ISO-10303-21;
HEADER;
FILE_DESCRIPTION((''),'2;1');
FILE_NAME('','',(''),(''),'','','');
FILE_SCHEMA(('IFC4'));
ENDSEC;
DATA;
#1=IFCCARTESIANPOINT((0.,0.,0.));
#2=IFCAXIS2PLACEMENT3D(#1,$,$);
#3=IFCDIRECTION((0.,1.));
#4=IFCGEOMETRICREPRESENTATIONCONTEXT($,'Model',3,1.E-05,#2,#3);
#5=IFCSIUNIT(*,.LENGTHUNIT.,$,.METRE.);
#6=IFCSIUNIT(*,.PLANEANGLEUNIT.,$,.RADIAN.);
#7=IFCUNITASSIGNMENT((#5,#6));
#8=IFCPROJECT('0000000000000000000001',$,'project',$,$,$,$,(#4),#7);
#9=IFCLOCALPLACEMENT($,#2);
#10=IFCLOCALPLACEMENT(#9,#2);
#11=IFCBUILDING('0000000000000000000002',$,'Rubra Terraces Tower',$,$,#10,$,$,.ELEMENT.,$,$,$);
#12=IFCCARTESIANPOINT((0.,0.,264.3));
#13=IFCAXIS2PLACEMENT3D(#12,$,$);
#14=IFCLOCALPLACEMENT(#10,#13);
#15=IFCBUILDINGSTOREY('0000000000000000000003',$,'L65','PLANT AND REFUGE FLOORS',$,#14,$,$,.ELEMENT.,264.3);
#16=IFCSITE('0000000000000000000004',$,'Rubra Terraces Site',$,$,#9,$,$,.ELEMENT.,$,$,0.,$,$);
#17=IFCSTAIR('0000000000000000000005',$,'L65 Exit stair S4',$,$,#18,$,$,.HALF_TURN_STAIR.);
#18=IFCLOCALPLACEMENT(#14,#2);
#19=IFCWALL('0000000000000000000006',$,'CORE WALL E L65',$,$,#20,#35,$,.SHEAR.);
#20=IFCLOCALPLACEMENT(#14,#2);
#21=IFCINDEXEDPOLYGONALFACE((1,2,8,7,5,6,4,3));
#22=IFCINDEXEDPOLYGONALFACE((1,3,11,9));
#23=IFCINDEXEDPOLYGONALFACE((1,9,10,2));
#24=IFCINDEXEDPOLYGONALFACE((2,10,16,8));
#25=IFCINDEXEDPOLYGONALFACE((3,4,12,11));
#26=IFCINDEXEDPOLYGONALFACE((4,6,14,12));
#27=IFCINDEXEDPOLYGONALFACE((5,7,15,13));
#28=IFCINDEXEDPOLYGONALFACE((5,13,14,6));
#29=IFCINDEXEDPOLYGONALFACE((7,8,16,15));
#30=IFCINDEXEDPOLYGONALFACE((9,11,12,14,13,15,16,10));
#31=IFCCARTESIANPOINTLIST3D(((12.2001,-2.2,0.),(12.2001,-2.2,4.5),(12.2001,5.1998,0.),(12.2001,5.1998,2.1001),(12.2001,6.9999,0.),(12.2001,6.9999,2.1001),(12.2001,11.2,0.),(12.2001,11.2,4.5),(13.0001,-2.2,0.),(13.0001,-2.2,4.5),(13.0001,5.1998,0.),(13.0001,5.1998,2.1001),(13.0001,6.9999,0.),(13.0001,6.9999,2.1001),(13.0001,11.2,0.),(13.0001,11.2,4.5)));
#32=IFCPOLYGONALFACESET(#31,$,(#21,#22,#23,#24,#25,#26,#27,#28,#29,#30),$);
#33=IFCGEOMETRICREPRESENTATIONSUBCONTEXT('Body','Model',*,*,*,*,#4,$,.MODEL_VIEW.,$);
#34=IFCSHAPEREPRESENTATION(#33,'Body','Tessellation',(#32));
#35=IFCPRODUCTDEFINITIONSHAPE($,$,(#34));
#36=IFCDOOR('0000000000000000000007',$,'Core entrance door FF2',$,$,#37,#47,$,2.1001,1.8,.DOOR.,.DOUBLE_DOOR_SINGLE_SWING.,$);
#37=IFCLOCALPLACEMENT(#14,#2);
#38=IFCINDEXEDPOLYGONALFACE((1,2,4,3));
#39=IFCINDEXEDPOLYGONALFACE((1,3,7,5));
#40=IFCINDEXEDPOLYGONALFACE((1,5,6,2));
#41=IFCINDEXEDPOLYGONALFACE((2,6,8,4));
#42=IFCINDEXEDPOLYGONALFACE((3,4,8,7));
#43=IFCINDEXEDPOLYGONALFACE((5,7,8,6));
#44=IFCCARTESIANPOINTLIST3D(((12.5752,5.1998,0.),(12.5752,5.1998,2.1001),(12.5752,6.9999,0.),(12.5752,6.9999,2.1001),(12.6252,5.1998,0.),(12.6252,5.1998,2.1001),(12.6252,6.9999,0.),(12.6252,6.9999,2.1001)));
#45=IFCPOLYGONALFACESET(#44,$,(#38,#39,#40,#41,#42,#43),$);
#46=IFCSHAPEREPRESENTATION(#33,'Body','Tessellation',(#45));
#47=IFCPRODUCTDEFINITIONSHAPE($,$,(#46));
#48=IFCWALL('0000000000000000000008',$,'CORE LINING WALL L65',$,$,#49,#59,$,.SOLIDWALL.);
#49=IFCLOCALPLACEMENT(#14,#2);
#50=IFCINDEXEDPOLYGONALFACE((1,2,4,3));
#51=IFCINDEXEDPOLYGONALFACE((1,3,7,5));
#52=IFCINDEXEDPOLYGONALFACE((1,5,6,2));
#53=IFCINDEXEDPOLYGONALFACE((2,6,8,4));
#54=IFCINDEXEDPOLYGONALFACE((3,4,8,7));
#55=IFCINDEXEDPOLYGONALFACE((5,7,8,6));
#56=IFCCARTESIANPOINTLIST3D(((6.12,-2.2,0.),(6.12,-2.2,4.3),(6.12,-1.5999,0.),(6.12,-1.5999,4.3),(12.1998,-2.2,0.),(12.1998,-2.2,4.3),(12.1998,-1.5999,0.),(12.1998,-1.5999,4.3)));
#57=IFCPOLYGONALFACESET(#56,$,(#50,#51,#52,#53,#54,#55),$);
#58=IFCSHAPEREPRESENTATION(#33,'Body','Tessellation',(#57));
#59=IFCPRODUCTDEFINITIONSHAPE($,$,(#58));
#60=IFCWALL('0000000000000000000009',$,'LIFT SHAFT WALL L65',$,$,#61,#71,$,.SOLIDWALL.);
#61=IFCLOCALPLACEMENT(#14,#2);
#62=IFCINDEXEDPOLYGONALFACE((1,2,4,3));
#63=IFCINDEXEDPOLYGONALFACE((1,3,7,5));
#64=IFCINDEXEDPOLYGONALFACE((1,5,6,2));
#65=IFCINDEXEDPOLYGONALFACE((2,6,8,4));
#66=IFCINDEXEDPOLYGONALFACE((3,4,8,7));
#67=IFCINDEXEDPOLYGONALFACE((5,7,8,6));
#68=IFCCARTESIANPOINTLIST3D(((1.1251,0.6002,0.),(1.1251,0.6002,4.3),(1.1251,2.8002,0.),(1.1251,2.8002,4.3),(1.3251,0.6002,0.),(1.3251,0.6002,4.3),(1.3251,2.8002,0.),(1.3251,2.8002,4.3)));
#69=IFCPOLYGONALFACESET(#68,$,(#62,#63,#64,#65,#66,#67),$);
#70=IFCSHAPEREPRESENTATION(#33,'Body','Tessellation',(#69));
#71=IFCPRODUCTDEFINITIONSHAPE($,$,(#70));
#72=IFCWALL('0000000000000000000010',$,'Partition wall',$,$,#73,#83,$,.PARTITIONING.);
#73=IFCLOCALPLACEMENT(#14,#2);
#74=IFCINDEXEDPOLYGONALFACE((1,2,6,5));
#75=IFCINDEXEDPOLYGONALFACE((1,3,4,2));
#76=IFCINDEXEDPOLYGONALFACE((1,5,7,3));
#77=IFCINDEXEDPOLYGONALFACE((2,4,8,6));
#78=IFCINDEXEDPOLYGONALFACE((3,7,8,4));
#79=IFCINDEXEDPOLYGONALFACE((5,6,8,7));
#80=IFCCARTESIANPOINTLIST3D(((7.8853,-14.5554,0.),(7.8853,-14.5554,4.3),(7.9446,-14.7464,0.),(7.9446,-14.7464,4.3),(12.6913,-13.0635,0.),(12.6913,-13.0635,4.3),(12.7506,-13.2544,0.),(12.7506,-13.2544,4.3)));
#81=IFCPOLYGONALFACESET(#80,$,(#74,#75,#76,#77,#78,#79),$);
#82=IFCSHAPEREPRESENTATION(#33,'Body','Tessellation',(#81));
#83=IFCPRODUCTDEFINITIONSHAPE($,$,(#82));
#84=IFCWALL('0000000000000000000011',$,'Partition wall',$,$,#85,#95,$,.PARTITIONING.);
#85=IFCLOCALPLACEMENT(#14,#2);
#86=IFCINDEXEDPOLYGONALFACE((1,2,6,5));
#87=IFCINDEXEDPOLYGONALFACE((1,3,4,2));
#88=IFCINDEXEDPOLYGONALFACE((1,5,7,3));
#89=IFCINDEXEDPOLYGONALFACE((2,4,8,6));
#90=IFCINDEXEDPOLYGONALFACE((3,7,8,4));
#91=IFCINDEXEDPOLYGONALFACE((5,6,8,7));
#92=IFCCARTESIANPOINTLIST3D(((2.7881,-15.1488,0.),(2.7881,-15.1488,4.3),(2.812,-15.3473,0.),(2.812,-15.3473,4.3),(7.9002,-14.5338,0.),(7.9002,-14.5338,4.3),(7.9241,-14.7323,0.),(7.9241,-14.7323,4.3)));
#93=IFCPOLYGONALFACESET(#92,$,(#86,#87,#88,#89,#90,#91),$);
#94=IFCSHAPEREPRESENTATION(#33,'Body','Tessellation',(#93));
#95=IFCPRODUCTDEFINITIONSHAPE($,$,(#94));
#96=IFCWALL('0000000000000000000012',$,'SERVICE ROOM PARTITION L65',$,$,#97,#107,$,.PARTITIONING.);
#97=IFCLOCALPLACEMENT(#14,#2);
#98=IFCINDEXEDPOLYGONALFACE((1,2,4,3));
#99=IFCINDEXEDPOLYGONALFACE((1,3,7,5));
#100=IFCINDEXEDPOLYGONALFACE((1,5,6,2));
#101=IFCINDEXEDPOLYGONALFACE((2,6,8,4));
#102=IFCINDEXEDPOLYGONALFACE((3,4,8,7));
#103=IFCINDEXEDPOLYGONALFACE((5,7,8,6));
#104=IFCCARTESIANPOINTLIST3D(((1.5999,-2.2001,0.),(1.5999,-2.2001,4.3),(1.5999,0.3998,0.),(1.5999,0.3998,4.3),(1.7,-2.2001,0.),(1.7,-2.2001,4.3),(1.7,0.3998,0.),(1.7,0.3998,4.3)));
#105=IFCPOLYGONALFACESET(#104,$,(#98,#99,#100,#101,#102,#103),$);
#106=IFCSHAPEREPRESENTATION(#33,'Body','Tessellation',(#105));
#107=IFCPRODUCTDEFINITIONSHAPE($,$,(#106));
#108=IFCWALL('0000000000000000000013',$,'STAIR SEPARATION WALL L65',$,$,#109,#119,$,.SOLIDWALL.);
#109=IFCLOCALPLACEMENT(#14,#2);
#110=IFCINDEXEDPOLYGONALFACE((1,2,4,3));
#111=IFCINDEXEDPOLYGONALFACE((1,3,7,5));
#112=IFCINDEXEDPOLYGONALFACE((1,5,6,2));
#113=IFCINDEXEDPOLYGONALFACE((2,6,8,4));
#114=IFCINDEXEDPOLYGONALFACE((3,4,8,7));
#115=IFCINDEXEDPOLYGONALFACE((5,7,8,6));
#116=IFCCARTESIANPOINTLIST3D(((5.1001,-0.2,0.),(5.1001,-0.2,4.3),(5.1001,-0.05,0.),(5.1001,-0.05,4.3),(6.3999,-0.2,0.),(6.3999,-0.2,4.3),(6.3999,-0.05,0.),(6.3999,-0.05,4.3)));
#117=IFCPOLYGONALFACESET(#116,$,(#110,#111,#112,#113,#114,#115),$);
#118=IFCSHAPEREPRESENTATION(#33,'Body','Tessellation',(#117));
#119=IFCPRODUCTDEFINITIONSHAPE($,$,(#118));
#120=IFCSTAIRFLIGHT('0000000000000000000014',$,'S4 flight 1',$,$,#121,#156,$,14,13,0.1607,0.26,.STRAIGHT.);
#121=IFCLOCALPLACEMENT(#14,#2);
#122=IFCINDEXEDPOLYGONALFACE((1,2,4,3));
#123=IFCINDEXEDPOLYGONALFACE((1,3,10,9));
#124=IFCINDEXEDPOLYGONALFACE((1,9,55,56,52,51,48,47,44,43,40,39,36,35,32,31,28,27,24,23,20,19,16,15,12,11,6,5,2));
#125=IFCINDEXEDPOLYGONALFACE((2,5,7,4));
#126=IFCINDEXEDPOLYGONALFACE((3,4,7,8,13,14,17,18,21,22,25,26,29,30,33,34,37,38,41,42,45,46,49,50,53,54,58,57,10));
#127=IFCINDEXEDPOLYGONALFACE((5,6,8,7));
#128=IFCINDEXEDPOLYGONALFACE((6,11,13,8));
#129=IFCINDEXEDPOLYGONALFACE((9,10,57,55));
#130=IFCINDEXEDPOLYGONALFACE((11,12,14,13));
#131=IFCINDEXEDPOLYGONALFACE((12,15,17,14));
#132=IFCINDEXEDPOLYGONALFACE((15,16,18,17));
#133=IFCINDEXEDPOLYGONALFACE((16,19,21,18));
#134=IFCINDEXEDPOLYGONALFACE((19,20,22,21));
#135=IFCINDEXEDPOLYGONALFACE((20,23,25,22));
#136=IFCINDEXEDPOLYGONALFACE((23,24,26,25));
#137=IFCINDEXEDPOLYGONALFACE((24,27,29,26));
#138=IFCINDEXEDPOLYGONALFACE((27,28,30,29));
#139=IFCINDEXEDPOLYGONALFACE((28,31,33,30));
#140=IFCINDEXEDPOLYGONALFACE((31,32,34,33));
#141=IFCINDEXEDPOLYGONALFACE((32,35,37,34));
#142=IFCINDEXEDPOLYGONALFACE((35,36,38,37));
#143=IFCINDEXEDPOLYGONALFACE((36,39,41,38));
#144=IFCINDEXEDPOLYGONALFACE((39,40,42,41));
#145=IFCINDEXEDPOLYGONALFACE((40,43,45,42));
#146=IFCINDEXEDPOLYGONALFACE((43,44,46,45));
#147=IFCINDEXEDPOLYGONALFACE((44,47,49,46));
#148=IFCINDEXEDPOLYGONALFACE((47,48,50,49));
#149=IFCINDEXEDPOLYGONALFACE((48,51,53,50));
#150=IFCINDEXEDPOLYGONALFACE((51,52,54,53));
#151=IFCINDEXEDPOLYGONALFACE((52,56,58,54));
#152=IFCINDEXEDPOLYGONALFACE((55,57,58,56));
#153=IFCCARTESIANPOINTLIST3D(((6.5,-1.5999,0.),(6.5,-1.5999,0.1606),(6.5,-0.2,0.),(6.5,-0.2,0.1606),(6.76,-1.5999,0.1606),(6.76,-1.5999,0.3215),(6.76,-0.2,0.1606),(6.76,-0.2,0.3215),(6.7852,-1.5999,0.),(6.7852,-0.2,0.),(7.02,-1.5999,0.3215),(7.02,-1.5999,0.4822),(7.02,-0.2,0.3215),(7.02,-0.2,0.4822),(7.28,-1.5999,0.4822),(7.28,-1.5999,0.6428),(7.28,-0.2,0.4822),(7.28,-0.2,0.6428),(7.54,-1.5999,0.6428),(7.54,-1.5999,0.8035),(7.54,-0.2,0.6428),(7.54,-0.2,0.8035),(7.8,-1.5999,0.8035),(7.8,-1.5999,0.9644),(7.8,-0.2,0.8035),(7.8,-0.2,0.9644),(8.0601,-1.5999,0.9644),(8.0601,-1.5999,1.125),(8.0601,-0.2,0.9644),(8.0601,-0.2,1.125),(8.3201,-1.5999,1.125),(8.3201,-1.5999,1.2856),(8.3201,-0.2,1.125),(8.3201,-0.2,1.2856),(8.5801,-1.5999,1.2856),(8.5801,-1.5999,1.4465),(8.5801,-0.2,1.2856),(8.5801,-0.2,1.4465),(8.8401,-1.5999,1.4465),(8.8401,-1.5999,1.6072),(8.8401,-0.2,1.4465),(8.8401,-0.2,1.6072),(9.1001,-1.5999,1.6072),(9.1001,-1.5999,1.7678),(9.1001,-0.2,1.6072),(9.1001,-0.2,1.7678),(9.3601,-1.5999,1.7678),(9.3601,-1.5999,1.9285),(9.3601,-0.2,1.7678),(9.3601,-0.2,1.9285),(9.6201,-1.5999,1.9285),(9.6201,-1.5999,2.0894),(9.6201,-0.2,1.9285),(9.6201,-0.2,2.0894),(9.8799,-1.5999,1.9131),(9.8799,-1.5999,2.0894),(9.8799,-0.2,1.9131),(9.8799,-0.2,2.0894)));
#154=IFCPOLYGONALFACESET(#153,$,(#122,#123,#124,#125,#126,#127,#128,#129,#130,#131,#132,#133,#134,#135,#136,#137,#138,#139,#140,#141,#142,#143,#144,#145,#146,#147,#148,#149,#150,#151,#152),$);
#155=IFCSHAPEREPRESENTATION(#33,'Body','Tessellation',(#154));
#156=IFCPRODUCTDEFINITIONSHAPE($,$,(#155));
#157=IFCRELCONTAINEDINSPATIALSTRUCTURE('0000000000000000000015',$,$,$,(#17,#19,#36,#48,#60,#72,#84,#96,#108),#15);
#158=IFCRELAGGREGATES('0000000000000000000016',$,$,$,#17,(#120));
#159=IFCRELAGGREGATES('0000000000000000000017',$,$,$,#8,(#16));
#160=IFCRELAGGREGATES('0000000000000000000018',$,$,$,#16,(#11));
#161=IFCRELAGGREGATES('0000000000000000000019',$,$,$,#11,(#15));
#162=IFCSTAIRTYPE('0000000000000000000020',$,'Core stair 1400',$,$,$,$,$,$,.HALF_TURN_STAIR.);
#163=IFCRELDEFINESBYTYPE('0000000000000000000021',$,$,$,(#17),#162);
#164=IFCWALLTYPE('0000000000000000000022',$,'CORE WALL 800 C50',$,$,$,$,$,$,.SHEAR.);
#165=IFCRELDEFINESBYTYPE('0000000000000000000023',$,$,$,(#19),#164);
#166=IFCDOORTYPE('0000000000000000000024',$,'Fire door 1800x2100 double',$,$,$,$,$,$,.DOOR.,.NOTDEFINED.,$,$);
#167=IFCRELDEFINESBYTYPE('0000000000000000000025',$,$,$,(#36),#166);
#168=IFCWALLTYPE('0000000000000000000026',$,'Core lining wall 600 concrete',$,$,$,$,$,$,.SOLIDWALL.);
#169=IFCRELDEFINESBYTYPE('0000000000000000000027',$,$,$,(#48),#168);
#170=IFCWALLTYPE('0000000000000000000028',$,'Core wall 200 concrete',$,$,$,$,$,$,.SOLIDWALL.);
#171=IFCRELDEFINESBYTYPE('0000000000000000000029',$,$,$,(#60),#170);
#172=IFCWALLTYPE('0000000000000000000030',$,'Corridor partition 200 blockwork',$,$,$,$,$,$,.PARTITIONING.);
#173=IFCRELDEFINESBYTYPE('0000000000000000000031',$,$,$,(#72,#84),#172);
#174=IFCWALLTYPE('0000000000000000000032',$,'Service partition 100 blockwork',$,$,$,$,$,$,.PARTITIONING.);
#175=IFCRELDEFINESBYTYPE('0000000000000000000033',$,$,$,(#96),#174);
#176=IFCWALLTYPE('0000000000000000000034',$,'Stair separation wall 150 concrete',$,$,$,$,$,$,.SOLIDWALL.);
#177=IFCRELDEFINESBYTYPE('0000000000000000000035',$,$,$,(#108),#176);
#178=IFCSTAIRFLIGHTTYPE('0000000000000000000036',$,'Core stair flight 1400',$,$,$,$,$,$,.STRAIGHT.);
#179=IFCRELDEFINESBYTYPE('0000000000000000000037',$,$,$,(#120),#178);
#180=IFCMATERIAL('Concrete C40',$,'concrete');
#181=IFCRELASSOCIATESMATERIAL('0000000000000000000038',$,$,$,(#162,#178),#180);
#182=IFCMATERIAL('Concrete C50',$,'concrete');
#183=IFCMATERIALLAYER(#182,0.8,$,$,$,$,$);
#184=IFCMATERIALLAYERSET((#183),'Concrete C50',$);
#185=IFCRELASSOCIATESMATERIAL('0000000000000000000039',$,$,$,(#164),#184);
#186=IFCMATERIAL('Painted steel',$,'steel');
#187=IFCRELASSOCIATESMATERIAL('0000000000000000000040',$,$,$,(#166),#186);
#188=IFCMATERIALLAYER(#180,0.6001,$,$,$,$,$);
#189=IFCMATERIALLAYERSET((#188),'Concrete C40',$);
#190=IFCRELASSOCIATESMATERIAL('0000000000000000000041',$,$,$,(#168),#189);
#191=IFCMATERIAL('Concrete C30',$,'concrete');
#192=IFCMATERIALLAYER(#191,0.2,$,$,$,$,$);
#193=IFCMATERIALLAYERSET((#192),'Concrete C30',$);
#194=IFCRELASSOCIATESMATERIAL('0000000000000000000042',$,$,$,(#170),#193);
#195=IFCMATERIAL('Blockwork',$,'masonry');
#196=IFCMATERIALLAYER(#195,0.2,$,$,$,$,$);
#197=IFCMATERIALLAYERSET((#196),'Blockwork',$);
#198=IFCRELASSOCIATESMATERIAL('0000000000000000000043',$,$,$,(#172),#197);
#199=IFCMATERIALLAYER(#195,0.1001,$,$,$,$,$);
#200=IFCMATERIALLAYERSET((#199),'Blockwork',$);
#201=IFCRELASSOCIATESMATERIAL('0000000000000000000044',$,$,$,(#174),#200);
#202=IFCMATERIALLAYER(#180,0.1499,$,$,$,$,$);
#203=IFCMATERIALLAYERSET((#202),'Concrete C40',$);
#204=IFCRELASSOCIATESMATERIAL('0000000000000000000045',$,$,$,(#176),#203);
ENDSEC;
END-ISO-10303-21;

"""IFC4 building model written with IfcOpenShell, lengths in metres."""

from ifc_helpers import new_model, si_unit, direction, frame, frame_2d, origin, place, context, subcontext, project, spatial, polyline, rectangle, outline, extrude, material, layer, layer_set, type_object, element, fill, aggregate, save


model = new_model("IFC4")

# Units and contexts
model_context = context("Model", 3, precision=1e-05, world=origin(), true_north=direction((0.0, 1.0)))
body_context = subcontext(model_context, "Body", "Model", "MODEL_VIEW")
ifc_project = project(units=[si_unit("LENGTHUNIT", "METRE"), si_unit("PLANEANGLEUNIT", "RADIAN")], contexts=[model_context])

# Site, building, storey
site_placement = place(None, origin())
site = spatial("IfcSite", under=ifc_project, at=site_placement, Name="Rubra Terraces Site", CompositionType="ELEMENT", RefElevation=0.0)
building_placement = place(site_placement, origin())
building = spatial("IfcBuilding", under=site, at=building_placement, Name="Rubra Terraces Tower", CompositionType="ELEMENT")
storey_placement = place(building_placement, frame((0.0, 0.0, 264.3)))
storey = spatial("IfcBuildingStorey", under=building, at=storey_placement, Name="L65", Description="PLANT AND REFUGE FLOORS", CompositionType="ELEMENT", Elevation=264.3)

# Shared definitions
ifc_material_1 = material(Name="Concrete C50", Category="concrete")

# Shared definitions
ifc_material_2 = material(Name="Concrete C40", Category="concrete")

# Stair
stair_type = type_object("IfcStairType", Name="Core stair 1400", PredefinedType="HALF_TURN_STAIR", material=ifc_material_2)
stair_1_placement = place(storey_placement, origin())
stair_1 = element("IfcStair", 1, at=stair_1_placement, inside=storey, type_object=stair_type, Name="L65 Exit stair S4", PredefinedType="HALF_TURN_STAIR")

# Wall, opening, door
ifc_layer_1 = layer(ifc_material_1, 0.8)
ifc_layer_set_1 = layer_set([ifc_layer_1], Name="Concrete C50")
wall_type_1 = type_object("IfcWallType", Name="CORE WALL 800 C50", PredefinedType="SHEAR", material=ifc_layer_set_1)
wall_1_placement = place(storey_placement, frame((12.6001, -2.2, 0.0), z_axis=(0.0, 0.0, 1.0), x_axis=(0.0, 1.0, 0.0)))
wall_1 = element("IfcWall", 2, at=wall_1_placement, inside=storey, type_object=wall_type_1, Name="CORE WALL E L65", PredefinedType="SHEAR", context=body_context, shape_type="SweptSolid", body=[
    extrude(rectangle(XDim=13.3999, YDim=0.8, at=frame_2d((6.7, 0.0))), origin(), (0.0, 0.0, 1.0), 4.5),
])
opening_placement = place(wall_1_placement, frame((7.3999, 0.0, 0.0)))
opening = element("IfcOpeningElement", 3, at=opening_placement, cuts=wall_1, PredefinedType="OPENING", context=body_context, shape_type="SweptSolid", body=[
    extrude(rectangle(XDim=1.8, YDim=2.1001, at=frame_2d((0.8999, 1.05))), frame((0.0, 0.4099, 0.0), z_axis=(0.0, -1.0, 0.0), x_axis=(1.0, 0.0, 0.0)), (0.0, 0.0, 1.0), 0.8201),
])
ifc_material_3 = material(Name="Painted steel", Category="steel")
door_type = type_object("IfcDoorType", Name="Fire door 1800x2100 double", OperationType="NOTDEFINED", PredefinedType="DOOR", material=ifc_material_3)
door_placement = place(opening_placement, origin())
door = element("IfcDoor", 4, at=door_placement, inside=storey, type_object=door_type, Name="Core entrance door FF2", OperationType="DOUBLE_DOOR_SINGLE_SWING", OverallHeight=2.1001, OverallWidth=1.8, PredefinedType="DOOR", context=body_context, shape_type="SweptSolid", body=[
    extrude(rectangle(XDim=1.8, YDim=2.1001, at=frame_2d((0.8999, 1.05))), frame((0.0, 0.0249, 0.0), z_axis=(0.0, -1.0, 0.0), x_axis=(1.0, 0.0, 0.0)), (0.0, 0.0, 1.0), 0.05),
])
fill(opening, door)

# Walls
ifc_layer_2 = layer(ifc_material_2, 0.6001)
ifc_layer_set_2 = layer_set([ifc_layer_2], Name="Concrete C40")
wall_type_2 = type_object("IfcWallType", Name="Core lining wall 600 concrete", PredefinedType="SOLIDWALL", material=ifc_layer_set_2)
wall_2_placement = place(storey_placement, frame((12.2, -1.8999, 0.0), z_axis=(0.0, 0.0, 1.0), x_axis=(-1.0, 0.0, 0.0)))
element("IfcWall", 5, at=wall_2_placement, inside=storey, type_object=wall_type_2, Name="CORE LINING WALL L65", PredefinedType="SOLIDWALL", context=body_context, shape_type="SweptSolid", body=[
    extrude(rectangle(XDim=6.0798, YDim=0.6001, at=frame_2d((3.04, 0.0))), origin(), (0.0, 0.0, 1.0), 4.3),
])
ifc_material_4 = material(Name="Concrete C30", Category="concrete")
ifc_layer_3 = layer(ifc_material_4, 0.2)
ifc_layer_set_3 = layer_set([ifc_layer_3], Name="Concrete C30")
wall_type_3 = type_object("IfcWallType", Name="Core wall 200 concrete", PredefinedType="SOLIDWALL", material=ifc_layer_set_3)
wall_3_placement = place(storey_placement, frame((1.2251, 0.6001, 0.0), z_axis=(0.0, 0.0, 1.0), x_axis=(0.0, 1.0, 0.0)))
element("IfcWall", 6, at=wall_3_placement, inside=storey, type_object=wall_type_3, Name="LIFT SHAFT WALL L65", PredefinedType="SOLIDWALL", context=body_context, shape_type="SweptSolid", body=[
    extrude(rectangle(XDim=2.2, YDim=0.2, at=frame_2d((1.1001, 0.0))), origin(), (0.0, 0.0, 1.0), 4.3),
])
ifc_material_5 = material(Name="Blockwork", Category="masonry")
ifc_layer_4 = layer(ifc_material_5, 0.2)
ifc_layer_set_4 = layer_set([ifc_layer_4], Name="Blockwork")
wall_type_4 = type_object("IfcWallType", Name="Corridor partition 200 blockwork", PredefinedType="PARTITIONING", material=ifc_layer_set_4)
wall_4_placement = place(storey_placement, frame((12.7209, -13.1589, 0.0), z_axis=(0.0, 0.0, 1.0), x_axis=(-0.955039, -0.296482, 0.0)))
element("IfcWall", 7, at=wall_4_placement, inside=storey, type_object=wall_type_4, Name="Partition wall", PredefinedType="PARTITIONING", context=body_context, shape_type="SweptSolid", body=[
    extrude(rectangle(XDim=5.0322, YDim=0.2, at=frame_2d((2.5161, 0.0))), origin(), (0.0, 0.0, 1.0), 4.3),
])
wall_5_placement = place(storey_placement, frame((7.9121, -14.6331, 0.0), z_axis=(0.0, 0.0, 1.0), x_axis=(-0.992841, -0.119441, 0.0)))
element("IfcWall", 8, at=wall_5_placement, inside=storey, type_object=wall_type_4, Name="Partition wall", PredefinedType="PARTITIONING", context=body_context, shape_type="SweptSolid", body=[
    extrude(rectangle(XDim=5.1489, YDim=0.2, at=frame_2d((2.5745, 0.0))), origin(), (0.0, 0.0, 1.0), 4.3),
])
ifc_layer_5 = layer(ifc_material_5, 0.1001)
ifc_layer_set_5 = layer_set([ifc_layer_5], Name="Blockwork")
wall_type_5 = type_object("IfcWallType", Name="Service partition 100 blockwork", PredefinedType="PARTITIONING", material=ifc_layer_set_5)
wall_6_placement = place(storey_placement, frame((1.6499, -2.2, 0.0), z_axis=(0.0, 0.0, 1.0), x_axis=(0.0, 1.0, 0.0)))
element("IfcWall", 9, at=wall_6_placement, inside=storey, type_object=wall_type_5, Name="SERVICE ROOM PARTITION L65", PredefinedType="PARTITIONING", context=body_context, shape_type="SweptSolid", body=[
    extrude(rectangle(XDim=2.5999, YDim=0.1001, at=frame_2d((1.2998, 0.0))), origin(), (0.0, 0.0, 1.0), 4.3),
])
ifc_layer_6 = layer(ifc_material_2, 0.1499)
ifc_layer_set_6 = layer_set([ifc_layer_6], Name="Concrete C40")
wall_type_6 = type_object("IfcWallType", Name="Stair separation wall 150 concrete", PredefinedType="SOLIDWALL", material=ifc_layer_set_6)
wall_7_placement = place(storey_placement, frame((6.3999, -0.125, 0.0), z_axis=(0.0, 0.0, 1.0), x_axis=(-1.0, 0.0, 0.0)))
element("IfcWall", 10, at=wall_7_placement, inside=storey, type_object=wall_type_6, Name="STAIR SEPARATION WALL L65", PredefinedType="SOLIDWALL", context=body_context, shape_type="SweptSolid", body=[
    extrude(rectangle(XDim=1.2998, YDim=0.1499, at=frame_2d((0.6499, 0.0))), origin(), (0.0, 0.0, 1.0), 4.3),
])

# Stair flight
stair_flight_type = type_object("IfcStairFlightType", Name="Core stair flight 1400", PredefinedType="STRAIGHT", material=ifc_material_2)
stair_flight_placement = place(storey_placement, frame((6.5, -0.8999, 0.0), z_axis=(0.0, 0.0, 1.0), x_axis=(1.0, 0.0, 0.0)))
stair_flight = element("IfcStairFlight", 11, at=stair_flight_placement, type_object=stair_flight_type, Name="S4 flight 1", NumberOfRisers=14, NumberOfTreads=13, PredefinedType="STRAIGHT", RiserHeight=0.1607, TreadLength=0.26, context=body_context, shape_type="SweptSolid", body=[
    extrude(outline(polyline([(0.0, 0.0), (0.0, 0.1606), (0.26, 0.1606), (0.26, 0.3215), (0.52, 0.3215), (0.52, 0.4822), (0.78, 0.4822), (0.78, 0.6428), (1.04, 0.6428), (1.04, 0.8035), (1.3, 0.8035), (1.3, 0.9644), (1.5601, 0.9644), (1.5601, 1.125), (1.8201, 1.125), (1.8201, 1.2856), (2.0801, 1.2856), (2.0801, 1.4465), (2.3401, 1.4465), (2.3401, 1.6072), (2.6001, 1.6072), (2.6001, 1.7678), (2.8601, 1.7678), (2.8601, 1.9285), (3.1201, 1.9285), (3.1201, 2.0894), (3.3799, 2.0894), (3.3799, 2.25), (3.3799, 1.9131), (0.2852, 0.0), (0.0, 0.0)])), frame((0.0, 0.7, 0.0), z_axis=(0.0, -1.0, 0.0), x_axis=(1.0, 0.0, 0.0)), (0.0, 0.0, 1.0), 1.3999),
])
aggregate(stair_1, [stair_flight])

save(model, "model.ifc")
